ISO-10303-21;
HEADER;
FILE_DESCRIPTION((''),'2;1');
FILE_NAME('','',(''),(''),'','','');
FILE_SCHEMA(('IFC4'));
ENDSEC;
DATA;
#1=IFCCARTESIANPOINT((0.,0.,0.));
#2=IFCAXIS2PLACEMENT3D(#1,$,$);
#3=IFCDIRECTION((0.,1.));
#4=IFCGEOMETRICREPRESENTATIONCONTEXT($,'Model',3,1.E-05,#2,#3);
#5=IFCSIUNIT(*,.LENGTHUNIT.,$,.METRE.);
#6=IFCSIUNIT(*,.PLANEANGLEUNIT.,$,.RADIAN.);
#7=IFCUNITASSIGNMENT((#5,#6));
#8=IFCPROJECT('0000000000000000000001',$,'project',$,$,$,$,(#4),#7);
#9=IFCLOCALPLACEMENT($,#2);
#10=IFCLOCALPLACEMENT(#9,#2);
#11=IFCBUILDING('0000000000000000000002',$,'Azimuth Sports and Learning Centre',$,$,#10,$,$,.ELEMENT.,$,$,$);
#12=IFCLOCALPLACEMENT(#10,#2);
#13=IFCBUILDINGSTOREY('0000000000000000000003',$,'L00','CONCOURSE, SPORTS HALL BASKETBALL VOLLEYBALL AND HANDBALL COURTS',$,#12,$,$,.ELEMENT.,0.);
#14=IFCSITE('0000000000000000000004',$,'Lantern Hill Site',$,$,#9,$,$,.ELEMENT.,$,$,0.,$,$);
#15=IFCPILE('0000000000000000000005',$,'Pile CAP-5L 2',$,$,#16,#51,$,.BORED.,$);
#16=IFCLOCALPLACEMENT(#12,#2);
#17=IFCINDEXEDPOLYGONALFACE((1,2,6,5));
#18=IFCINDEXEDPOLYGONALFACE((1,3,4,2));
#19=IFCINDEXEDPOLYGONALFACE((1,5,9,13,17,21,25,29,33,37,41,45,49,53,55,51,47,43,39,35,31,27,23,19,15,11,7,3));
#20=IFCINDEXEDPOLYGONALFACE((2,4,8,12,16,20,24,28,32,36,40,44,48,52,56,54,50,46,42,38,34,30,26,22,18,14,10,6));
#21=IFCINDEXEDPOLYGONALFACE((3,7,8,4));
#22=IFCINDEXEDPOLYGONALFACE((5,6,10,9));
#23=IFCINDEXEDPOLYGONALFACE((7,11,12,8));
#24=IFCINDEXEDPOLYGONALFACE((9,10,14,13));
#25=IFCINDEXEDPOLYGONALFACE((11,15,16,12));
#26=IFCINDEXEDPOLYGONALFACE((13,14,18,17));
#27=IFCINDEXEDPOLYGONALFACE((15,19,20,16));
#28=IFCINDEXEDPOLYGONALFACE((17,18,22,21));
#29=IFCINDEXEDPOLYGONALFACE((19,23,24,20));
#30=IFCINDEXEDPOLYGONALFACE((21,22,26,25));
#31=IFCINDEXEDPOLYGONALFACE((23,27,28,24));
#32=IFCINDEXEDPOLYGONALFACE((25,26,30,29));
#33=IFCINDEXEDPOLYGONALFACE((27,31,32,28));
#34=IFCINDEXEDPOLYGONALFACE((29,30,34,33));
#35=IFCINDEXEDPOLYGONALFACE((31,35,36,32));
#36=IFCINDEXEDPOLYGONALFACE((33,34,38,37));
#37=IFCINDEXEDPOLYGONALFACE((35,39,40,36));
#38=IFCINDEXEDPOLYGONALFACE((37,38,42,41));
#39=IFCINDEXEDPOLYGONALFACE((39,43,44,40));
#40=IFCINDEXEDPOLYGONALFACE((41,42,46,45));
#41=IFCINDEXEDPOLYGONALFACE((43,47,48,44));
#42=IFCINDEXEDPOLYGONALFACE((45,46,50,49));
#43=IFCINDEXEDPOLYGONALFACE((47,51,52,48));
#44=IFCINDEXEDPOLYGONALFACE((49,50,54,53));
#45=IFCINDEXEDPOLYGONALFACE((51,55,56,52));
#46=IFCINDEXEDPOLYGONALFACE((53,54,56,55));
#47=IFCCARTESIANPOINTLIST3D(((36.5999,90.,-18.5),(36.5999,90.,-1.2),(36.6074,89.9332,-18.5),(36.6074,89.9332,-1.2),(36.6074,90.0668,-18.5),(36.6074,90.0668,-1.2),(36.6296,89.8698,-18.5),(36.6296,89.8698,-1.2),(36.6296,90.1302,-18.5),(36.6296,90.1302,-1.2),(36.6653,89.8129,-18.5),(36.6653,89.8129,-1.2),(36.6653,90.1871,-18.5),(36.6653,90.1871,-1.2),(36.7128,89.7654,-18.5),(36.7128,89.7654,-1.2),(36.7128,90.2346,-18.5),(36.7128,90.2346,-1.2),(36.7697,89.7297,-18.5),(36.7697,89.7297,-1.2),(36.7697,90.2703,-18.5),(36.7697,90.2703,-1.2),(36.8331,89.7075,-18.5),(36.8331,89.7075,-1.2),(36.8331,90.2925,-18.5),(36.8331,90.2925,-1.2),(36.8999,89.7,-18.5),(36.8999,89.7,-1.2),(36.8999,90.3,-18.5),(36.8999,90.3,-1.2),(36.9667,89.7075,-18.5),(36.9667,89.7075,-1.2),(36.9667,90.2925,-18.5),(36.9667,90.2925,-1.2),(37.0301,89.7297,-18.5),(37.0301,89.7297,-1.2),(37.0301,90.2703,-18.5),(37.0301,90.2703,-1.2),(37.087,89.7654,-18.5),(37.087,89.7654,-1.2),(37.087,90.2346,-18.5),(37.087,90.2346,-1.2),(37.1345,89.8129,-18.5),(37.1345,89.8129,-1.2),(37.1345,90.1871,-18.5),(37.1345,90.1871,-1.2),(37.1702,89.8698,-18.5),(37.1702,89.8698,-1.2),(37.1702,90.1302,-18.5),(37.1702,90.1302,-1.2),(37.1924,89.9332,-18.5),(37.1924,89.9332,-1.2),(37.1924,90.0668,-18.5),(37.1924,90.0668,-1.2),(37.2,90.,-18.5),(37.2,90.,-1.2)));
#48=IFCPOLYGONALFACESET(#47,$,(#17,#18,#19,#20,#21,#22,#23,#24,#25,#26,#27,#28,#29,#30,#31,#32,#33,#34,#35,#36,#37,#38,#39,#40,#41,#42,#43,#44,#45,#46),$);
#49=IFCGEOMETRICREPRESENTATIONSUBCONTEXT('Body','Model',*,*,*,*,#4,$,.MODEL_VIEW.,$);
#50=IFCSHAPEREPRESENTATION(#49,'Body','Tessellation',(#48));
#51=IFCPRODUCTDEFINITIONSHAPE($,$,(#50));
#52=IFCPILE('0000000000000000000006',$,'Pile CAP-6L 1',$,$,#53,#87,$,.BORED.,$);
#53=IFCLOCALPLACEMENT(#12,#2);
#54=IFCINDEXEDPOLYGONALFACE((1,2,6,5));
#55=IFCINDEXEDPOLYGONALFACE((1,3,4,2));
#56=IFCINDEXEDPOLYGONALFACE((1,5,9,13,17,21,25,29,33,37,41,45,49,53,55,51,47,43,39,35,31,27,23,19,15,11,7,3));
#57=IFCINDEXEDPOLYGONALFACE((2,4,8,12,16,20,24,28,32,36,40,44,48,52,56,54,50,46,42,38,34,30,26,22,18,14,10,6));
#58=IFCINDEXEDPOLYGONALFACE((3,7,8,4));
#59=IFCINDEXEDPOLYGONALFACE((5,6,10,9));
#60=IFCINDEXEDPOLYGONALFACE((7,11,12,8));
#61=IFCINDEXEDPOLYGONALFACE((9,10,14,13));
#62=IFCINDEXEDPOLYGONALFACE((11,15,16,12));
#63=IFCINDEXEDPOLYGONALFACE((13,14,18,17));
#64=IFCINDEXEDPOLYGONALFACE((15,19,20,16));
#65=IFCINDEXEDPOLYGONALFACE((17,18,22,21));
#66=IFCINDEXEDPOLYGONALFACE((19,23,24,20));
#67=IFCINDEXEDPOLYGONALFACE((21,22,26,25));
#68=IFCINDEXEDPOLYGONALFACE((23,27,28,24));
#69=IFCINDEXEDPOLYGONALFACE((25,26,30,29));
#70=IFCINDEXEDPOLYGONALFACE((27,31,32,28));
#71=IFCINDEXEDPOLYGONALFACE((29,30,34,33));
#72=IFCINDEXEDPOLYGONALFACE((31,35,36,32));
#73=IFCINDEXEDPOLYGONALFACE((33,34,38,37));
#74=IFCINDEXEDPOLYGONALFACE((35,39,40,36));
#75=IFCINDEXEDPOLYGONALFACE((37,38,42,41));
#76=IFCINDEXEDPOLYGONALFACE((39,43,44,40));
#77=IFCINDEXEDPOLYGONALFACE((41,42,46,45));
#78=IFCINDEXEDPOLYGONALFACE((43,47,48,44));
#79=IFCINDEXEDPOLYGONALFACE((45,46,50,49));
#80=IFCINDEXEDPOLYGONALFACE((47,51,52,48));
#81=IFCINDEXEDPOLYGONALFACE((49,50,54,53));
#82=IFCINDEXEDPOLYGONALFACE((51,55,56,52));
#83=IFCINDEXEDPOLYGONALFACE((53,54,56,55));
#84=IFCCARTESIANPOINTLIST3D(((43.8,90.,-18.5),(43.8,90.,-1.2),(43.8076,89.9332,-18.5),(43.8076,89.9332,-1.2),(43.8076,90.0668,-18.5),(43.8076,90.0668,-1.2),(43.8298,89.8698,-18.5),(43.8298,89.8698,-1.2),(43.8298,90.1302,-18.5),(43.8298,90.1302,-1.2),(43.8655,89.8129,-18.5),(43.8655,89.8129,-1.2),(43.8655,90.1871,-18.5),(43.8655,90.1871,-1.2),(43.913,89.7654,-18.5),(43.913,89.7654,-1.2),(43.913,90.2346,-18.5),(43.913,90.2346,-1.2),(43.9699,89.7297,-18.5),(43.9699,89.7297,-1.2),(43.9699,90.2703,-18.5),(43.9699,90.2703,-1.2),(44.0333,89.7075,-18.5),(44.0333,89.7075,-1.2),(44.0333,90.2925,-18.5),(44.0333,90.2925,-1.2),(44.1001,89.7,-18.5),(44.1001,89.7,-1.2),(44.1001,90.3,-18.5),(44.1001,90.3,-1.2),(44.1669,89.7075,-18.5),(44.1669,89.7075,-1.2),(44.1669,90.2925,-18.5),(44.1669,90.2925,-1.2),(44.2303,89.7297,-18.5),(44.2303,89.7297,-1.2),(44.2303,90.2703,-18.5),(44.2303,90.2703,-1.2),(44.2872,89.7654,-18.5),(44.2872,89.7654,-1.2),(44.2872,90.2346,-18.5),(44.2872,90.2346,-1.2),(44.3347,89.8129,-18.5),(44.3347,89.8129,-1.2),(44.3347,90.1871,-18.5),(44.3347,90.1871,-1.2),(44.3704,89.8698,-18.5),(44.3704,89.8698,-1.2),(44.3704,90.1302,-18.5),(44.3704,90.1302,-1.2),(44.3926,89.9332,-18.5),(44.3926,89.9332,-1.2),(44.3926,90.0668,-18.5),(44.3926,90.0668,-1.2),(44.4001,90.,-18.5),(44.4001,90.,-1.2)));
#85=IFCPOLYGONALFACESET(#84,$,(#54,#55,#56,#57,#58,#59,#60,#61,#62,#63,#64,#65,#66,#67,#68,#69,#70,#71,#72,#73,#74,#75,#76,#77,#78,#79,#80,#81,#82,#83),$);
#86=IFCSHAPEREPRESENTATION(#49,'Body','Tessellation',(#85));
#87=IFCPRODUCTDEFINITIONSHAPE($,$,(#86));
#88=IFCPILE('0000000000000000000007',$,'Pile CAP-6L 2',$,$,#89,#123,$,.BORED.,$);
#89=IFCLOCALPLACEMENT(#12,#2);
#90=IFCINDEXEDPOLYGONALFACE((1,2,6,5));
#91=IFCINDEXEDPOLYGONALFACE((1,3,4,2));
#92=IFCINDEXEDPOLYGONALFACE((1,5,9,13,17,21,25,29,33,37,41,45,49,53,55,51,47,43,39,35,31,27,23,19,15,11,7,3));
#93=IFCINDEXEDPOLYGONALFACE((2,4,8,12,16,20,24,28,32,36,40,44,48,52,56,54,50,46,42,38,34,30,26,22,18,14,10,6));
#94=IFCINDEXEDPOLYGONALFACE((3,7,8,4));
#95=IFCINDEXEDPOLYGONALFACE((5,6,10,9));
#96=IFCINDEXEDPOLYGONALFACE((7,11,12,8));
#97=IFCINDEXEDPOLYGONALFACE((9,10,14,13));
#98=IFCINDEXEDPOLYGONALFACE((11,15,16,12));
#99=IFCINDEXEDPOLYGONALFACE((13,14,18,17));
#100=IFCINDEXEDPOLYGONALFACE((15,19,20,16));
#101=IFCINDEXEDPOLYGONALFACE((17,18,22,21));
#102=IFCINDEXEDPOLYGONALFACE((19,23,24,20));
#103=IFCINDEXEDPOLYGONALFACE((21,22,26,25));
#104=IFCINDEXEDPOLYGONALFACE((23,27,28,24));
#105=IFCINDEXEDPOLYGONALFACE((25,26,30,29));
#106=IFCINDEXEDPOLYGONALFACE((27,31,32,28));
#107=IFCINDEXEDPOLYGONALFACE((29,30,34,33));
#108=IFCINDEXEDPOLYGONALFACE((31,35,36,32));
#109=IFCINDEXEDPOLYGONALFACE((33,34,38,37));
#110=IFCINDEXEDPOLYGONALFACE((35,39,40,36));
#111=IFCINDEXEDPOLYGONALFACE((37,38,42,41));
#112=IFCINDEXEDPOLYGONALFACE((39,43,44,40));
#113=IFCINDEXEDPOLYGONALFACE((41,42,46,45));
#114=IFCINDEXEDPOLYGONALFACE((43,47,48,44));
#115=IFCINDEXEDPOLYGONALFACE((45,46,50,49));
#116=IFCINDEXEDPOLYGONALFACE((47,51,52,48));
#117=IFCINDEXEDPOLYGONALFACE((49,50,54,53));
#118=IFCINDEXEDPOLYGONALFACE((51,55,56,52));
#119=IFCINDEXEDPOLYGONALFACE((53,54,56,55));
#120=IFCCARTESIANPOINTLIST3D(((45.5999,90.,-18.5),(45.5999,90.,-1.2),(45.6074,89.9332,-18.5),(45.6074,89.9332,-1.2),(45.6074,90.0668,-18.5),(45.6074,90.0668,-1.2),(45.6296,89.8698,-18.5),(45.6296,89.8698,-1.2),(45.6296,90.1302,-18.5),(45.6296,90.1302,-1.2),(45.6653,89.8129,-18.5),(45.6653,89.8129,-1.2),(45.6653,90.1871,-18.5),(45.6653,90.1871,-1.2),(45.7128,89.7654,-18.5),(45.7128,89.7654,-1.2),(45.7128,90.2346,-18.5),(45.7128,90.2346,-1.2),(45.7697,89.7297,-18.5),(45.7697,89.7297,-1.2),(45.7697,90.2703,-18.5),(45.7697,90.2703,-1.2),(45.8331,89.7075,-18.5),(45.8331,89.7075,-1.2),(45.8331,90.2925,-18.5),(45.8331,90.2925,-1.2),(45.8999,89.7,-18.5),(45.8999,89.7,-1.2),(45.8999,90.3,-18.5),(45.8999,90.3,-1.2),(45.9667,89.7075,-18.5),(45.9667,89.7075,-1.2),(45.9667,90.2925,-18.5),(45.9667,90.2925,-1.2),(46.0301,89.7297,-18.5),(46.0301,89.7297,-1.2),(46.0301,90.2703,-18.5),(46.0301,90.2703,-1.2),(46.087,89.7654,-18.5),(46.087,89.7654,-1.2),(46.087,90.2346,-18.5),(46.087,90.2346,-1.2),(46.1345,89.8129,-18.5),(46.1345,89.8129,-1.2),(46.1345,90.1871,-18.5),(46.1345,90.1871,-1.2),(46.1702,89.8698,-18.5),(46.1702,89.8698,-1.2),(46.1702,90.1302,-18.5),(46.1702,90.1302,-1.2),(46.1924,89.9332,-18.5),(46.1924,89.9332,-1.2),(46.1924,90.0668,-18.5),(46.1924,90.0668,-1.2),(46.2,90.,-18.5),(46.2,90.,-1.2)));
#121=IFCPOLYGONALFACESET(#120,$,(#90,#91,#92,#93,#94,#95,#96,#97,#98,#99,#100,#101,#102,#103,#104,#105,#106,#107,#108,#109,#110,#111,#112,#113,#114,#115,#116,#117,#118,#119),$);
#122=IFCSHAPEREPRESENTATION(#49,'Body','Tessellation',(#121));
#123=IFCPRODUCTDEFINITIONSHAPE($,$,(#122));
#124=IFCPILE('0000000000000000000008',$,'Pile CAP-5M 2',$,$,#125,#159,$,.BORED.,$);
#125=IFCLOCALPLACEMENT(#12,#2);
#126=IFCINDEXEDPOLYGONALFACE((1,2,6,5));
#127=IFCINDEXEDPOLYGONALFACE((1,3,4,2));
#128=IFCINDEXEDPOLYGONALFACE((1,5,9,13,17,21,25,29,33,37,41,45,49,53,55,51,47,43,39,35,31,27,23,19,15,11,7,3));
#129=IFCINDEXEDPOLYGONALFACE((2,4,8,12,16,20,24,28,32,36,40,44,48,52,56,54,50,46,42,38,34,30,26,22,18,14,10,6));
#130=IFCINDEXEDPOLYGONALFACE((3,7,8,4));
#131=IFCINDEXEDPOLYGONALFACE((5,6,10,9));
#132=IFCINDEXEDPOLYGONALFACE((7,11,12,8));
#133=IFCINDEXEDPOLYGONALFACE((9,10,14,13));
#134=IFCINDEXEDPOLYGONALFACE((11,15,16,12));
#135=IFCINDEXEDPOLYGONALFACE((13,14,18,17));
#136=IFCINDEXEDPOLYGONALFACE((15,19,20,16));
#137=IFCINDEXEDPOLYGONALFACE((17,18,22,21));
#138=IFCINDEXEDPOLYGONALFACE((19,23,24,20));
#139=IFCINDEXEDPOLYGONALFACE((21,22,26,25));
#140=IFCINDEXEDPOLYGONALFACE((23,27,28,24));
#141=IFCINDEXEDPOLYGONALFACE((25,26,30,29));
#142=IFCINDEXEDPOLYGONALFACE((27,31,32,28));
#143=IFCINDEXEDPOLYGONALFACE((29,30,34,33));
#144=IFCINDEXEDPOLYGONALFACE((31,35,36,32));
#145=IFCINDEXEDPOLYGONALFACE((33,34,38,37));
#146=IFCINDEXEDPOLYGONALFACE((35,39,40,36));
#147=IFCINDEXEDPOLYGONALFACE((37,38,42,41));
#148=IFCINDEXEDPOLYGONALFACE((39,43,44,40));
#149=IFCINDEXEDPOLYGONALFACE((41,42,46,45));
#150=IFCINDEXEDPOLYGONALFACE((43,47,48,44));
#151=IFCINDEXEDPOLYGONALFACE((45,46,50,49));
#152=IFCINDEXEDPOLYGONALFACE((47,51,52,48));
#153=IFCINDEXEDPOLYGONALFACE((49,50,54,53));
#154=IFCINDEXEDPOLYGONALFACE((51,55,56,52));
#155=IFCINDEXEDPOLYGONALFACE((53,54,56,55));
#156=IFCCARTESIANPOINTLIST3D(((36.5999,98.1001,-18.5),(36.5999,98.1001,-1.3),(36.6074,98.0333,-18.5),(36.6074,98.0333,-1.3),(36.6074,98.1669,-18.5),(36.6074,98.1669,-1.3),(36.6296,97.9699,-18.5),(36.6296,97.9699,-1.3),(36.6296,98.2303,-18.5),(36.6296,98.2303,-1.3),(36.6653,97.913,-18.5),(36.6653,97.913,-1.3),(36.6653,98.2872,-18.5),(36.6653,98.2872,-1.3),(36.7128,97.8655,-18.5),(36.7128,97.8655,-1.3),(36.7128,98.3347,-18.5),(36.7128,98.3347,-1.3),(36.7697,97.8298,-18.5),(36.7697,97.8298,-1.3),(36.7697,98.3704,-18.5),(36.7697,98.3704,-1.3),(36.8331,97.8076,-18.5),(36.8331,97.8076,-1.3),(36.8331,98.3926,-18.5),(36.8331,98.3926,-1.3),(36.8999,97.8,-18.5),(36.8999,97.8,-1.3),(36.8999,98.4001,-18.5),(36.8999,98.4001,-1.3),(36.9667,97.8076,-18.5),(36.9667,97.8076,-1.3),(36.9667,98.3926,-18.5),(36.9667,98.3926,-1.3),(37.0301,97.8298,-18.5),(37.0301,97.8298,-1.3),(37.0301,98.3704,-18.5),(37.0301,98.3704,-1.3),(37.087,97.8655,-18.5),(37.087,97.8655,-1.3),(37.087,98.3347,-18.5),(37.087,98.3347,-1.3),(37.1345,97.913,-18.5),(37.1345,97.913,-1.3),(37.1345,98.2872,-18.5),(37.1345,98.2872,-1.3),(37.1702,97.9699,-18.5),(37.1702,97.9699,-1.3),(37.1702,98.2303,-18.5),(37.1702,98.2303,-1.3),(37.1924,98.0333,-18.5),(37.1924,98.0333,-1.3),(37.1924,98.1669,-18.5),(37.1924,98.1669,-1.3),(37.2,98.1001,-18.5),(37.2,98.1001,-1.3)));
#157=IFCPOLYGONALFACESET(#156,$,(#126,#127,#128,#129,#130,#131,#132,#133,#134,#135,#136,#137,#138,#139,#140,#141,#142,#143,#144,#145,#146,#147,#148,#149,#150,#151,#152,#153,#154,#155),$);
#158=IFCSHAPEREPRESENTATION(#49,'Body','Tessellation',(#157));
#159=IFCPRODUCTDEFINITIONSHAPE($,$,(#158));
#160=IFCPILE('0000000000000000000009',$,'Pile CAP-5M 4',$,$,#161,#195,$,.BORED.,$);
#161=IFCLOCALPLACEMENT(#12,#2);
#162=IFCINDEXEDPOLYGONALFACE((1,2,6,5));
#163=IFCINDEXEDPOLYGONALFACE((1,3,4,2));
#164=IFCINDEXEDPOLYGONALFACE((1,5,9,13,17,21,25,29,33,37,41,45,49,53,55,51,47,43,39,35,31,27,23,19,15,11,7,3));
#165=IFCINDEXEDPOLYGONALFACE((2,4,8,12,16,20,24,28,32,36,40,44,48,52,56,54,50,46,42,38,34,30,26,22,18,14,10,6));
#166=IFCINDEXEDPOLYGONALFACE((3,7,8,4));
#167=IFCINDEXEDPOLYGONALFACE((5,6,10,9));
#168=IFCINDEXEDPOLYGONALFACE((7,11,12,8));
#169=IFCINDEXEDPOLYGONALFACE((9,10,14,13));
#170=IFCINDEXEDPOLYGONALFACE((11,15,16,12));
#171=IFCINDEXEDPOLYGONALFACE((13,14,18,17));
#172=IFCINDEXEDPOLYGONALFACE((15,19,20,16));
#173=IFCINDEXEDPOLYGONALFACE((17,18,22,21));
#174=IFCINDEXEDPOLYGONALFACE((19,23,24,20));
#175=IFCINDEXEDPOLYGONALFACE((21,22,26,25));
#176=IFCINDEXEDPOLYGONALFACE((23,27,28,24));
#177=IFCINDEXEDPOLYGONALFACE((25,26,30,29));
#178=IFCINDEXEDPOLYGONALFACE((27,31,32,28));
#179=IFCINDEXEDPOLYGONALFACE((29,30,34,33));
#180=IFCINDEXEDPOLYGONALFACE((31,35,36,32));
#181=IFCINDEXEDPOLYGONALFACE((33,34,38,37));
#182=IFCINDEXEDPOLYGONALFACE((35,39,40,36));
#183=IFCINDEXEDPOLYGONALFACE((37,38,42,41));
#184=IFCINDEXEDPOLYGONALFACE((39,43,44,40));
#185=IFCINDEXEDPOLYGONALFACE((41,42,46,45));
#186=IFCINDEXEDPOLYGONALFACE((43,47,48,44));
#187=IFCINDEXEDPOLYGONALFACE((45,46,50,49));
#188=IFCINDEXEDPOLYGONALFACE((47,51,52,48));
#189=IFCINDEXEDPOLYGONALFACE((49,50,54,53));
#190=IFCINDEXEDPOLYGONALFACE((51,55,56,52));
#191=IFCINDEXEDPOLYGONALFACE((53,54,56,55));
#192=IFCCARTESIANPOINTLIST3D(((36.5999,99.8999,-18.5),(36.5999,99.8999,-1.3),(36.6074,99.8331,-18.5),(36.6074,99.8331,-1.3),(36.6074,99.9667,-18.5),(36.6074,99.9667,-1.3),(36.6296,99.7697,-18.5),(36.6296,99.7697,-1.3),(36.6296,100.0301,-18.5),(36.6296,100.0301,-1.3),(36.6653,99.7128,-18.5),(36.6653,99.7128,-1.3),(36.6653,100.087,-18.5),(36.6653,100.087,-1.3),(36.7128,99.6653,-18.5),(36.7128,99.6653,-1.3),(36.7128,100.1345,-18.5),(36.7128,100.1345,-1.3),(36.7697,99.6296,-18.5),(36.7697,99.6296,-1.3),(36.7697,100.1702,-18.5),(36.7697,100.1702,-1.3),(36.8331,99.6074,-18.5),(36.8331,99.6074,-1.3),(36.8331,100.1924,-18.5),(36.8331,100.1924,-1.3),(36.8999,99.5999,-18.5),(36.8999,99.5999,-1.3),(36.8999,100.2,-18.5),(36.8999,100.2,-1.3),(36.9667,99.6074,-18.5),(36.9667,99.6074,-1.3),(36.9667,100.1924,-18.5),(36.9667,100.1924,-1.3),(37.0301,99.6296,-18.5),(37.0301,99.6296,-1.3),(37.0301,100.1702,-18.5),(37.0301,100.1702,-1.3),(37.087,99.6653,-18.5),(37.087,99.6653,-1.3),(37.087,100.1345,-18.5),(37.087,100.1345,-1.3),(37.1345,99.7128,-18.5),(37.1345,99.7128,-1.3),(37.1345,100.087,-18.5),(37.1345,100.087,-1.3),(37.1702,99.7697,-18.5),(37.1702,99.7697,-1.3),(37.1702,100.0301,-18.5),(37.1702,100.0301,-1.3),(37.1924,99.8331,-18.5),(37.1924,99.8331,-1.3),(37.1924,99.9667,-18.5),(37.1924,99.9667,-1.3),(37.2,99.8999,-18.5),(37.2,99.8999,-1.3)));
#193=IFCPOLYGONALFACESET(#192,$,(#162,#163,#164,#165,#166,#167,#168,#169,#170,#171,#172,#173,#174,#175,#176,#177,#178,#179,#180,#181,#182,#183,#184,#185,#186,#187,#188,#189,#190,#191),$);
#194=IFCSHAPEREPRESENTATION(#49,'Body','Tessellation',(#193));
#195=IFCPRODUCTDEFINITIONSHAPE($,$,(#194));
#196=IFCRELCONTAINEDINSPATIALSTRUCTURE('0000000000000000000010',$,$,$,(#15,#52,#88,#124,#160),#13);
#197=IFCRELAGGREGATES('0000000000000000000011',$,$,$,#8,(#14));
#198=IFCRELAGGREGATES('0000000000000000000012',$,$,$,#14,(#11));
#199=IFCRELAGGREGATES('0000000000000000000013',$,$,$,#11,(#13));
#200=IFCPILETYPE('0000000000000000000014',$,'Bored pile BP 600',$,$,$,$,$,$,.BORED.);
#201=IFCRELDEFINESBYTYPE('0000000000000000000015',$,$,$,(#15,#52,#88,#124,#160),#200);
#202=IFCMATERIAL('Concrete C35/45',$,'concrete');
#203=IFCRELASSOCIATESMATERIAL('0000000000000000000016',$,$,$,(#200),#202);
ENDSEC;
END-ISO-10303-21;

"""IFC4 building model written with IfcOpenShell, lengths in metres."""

from ifc_helpers import new_model, si_unit, direction, frame, origin, origin_2d, place, context, subcontext, project, spatial, circle, extrude, material, material_profile, profile_set, type_object, element, save


model = new_model("IFC4")

# Units and contexts
model_context = context("Model", 3, precision=1e-05, world=origin(), true_north=direction((0.0, 1.0)))
body_context = subcontext(model_context, "Body", "Model", "MODEL_VIEW")
ifc_project = project(units=[si_unit("LENGTHUNIT", "METRE"), si_unit("PLANEANGLEUNIT", "RADIAN")], contexts=[model_context])

# Site, building, storey
site_placement = place(None, origin())
site = spatial("IfcSite", under=ifc_project, at=site_placement, Name="Lantern Hill Site", CompositionType="ELEMENT", RefElevation=0.0)
building_placement = place(site_placement, origin())
building = spatial("IfcBuilding", under=site, at=building_placement, Name="Azimuth Sports and Learning Centre", CompositionType="ELEMENT")
storey_placement = place(building_placement, origin())
storey = spatial("IfcBuildingStorey", under=building, at=storey_placement, Name="L00", Description="CONCOURSE, SPORTS HALL BASKETBALL VOLLEYBALL AND HANDBALL COURTS", CompositionType="ELEMENT", Elevation=0.0)

# Piles
ifc_material_1 = material(Name="Concrete C35/45", Category="concrete")
ifc_material_profile_1 = material_profile(ifc_material_1, circle(Radius=0.3, at=origin_2d()), Name="BP 600")
ifc_profile_set_1 = profile_set([ifc_material_profile_1], Name="Concrete C35/45")
pile_type = type_object("IfcPileType", Name="Bored pile BP 600", PredefinedType="BORED", material=ifc_profile_set_1)
for number, where, z_axis, x_axis, name in (
    (1, (36.8999, 90.0, -1.2), (0.0, 0.0, -1.0), (1.0, 0.0, 0.0), "Pile CAP-5L 2"),
    (2, (44.1001, 90.0, -1.2), (0.0, 0.0, -1.0), (1.0, 0.0, 0.0), "Pile CAP-6L 1"),
    (3, (45.8999, 90.0, -1.2), (0.0, 0.0, -1.0), (1.0, 0.0, 0.0), "Pile CAP-6L 2"),
):
    element("IfcPile", number, at=place(storey_placement, frame(where, z_axis=z_axis, x_axis=x_axis)), inside=storey, type_object=pile_type, Name=name, PredefinedType="BORED", context=body_context, shape_type="SweptSolid", body=[
        extrude(circle(Radius=0.3, at=origin_2d()), origin(), (0.0, 0.0, 1.0), 17.3),
    ])
for number, where, z_axis, x_axis, name in (
    (4, (36.8999, 98.1001, -1.3), (0.0, 0.0, -1.0), (1.0, 0.0, 0.0), "Pile CAP-5M 2"),
    (5, (36.8999, 99.8999, -1.3), (0.0, 0.0, -1.0), (1.0, 0.0, 0.0), "Pile CAP-5M 4"),
):
    element("IfcPile", number, at=place(storey_placement, frame(where, z_axis=z_axis, x_axis=x_axis)), inside=storey, type_object=pile_type, Name=name, PredefinedType="BORED", context=body_context, shape_type="SweptSolid", body=[
        extrude(circle(Radius=0.3, at=origin_2d()), origin(), (0.0, 0.0, 1.0), 17.2),
    ])

save(model, "model.ifc")
